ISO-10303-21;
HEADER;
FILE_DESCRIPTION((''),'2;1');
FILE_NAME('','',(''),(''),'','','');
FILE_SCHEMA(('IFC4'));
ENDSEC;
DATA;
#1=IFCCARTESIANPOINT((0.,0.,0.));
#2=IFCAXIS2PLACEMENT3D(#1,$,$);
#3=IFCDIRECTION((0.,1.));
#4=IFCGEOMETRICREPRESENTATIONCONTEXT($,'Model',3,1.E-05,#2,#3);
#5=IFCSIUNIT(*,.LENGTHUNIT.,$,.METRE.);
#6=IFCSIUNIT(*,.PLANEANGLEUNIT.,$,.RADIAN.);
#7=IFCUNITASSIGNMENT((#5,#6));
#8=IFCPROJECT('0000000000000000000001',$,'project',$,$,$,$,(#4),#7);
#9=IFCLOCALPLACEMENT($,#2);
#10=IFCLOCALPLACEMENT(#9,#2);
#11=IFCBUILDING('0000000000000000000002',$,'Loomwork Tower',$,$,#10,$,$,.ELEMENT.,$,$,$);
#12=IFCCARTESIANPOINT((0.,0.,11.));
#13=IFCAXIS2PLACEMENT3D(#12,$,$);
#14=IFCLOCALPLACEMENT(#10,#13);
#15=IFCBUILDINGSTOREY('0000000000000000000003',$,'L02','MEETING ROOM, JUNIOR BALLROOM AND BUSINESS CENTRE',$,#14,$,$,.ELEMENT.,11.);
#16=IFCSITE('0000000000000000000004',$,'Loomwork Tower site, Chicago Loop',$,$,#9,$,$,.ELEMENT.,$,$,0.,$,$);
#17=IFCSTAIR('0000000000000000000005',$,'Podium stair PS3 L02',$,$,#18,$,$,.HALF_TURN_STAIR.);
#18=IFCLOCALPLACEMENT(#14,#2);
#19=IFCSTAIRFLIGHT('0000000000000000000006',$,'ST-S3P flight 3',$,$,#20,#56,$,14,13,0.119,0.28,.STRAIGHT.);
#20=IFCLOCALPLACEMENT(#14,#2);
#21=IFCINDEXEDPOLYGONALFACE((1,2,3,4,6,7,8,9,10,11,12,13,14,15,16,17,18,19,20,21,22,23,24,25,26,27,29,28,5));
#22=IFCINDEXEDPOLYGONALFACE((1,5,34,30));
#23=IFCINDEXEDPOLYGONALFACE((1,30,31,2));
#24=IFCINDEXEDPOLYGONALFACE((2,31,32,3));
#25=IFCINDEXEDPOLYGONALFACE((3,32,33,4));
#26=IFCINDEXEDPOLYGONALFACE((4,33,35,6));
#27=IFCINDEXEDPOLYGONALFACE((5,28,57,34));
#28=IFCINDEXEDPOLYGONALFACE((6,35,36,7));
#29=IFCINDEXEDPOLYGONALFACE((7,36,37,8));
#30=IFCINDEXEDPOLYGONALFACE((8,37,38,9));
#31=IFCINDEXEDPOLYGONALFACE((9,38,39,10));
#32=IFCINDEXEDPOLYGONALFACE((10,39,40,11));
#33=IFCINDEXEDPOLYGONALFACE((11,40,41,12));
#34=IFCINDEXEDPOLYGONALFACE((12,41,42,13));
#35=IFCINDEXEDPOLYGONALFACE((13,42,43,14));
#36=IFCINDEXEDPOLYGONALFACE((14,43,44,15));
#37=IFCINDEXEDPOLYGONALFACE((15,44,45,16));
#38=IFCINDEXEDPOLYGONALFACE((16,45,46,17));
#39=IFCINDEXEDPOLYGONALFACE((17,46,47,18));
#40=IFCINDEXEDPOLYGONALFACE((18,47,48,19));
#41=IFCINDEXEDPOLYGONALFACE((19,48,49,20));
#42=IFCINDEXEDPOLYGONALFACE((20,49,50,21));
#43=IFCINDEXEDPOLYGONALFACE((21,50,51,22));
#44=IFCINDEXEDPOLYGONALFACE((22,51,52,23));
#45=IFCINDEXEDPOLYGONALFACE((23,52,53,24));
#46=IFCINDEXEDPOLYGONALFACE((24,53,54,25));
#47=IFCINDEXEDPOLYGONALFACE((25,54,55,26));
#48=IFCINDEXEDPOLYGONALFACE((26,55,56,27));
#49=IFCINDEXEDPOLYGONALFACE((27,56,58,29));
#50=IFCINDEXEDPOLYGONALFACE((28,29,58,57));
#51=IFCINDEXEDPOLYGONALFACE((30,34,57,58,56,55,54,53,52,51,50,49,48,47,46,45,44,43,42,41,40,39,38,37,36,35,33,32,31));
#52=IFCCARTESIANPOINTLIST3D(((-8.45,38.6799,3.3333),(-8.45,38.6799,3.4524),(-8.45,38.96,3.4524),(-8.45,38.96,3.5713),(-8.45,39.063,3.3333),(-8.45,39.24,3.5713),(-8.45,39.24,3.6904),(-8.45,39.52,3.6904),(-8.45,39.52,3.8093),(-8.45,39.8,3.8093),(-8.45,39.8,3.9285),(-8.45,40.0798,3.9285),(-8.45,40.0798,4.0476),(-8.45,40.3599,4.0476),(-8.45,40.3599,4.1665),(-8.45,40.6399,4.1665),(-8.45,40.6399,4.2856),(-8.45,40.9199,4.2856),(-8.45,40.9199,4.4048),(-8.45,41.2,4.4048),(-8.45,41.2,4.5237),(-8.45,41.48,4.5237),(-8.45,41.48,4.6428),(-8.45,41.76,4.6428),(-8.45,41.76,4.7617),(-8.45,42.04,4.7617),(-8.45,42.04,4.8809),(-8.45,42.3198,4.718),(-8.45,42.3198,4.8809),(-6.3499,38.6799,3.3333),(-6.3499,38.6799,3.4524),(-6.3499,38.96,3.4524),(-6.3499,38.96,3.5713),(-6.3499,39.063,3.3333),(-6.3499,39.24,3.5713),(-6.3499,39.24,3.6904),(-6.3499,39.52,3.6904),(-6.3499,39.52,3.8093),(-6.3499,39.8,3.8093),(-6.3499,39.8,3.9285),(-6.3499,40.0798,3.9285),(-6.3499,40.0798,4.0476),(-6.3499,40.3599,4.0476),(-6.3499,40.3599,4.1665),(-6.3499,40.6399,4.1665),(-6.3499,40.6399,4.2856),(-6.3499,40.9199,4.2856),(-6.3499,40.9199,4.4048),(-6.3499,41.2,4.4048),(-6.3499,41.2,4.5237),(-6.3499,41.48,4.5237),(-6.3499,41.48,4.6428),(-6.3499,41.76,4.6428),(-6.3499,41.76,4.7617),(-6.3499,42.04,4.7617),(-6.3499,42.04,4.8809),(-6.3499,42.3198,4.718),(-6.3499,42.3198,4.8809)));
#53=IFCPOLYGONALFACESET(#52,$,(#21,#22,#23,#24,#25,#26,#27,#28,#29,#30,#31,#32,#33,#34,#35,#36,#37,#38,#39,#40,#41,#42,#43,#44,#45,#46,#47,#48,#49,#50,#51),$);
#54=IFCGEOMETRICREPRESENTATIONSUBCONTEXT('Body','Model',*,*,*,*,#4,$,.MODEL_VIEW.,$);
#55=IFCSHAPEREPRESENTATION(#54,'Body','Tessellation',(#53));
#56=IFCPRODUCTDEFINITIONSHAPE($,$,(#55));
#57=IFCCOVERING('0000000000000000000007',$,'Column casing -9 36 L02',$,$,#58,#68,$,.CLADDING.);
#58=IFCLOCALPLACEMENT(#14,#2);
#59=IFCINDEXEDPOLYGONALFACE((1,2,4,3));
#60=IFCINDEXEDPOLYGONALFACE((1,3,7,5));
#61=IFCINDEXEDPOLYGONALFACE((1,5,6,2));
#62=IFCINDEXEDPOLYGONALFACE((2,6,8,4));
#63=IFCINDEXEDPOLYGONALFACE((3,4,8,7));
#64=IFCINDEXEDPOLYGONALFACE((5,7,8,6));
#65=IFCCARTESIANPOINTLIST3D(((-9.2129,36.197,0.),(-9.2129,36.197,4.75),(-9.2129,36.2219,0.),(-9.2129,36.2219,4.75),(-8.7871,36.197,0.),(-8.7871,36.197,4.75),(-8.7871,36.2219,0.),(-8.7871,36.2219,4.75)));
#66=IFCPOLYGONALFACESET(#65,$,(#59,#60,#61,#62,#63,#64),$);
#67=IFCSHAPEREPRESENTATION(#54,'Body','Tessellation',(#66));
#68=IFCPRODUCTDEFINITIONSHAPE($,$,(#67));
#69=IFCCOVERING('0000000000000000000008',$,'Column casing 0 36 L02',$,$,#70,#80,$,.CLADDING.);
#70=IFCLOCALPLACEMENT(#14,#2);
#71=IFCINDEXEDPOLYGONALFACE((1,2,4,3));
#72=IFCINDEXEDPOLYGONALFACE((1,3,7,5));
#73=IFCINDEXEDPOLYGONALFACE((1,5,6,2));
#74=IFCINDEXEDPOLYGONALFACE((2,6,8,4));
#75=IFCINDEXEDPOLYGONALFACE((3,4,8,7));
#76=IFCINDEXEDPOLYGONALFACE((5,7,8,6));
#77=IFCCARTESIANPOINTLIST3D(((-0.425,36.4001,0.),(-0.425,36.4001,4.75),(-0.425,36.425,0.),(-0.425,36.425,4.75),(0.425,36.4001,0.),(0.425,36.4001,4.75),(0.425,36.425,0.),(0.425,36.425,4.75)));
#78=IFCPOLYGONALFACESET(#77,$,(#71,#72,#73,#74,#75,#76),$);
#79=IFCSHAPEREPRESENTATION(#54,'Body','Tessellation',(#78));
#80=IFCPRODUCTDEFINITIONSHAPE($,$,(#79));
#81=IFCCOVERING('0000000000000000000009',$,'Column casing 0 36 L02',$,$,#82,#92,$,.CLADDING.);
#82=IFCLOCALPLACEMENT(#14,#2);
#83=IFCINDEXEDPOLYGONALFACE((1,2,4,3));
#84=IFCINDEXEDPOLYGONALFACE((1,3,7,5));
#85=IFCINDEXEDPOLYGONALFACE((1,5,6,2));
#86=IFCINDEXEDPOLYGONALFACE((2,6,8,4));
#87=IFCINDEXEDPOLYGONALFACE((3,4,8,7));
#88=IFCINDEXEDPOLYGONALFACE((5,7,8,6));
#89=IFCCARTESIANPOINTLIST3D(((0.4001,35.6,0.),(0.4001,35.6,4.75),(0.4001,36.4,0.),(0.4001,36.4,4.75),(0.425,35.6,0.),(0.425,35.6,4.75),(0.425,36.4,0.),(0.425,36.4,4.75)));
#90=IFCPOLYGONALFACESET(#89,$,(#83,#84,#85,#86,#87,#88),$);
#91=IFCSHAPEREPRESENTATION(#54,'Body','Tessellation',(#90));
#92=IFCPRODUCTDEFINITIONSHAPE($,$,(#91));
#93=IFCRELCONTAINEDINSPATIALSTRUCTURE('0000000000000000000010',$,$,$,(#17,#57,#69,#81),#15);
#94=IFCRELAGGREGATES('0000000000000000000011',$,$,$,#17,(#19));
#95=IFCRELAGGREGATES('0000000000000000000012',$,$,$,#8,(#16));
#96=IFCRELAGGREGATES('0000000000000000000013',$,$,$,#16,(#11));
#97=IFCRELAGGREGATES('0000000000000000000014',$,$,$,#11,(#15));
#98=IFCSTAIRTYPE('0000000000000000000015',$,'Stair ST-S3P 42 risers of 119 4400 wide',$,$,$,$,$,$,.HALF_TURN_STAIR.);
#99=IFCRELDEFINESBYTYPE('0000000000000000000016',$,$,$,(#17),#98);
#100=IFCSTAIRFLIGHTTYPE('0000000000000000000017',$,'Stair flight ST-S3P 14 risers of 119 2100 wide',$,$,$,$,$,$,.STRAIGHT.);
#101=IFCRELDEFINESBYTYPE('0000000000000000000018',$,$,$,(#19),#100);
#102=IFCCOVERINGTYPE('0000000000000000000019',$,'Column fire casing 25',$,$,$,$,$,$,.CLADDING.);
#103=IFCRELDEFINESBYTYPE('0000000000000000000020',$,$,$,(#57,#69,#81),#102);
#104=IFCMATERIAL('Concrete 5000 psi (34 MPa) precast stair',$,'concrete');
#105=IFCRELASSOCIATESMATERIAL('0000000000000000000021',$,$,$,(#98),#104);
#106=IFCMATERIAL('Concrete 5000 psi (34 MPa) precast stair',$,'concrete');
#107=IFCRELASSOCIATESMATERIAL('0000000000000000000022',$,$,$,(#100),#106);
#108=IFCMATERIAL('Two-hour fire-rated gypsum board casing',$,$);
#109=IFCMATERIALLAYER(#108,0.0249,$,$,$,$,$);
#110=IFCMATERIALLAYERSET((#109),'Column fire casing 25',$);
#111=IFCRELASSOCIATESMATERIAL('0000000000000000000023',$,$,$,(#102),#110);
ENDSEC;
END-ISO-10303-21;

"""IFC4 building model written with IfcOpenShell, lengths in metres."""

from ifc_helpers import new_model, si_unit, direction, frame, origin, origin_2d, place, context, subcontext, project, spatial, polyline, rectangle, outline, extrude, material, layer, layer_set, type_object, element, aggregate, save


model = new_model("IFC4")

# Units and contexts
model_context = context("Model", 3, precision=1e-05, world=origin(), true_north=direction((0.0, 1.0)))
body_context = subcontext(model_context, "Body", "Model", "MODEL_VIEW")
ifc_project = project(units=[si_unit("LENGTHUNIT", "METRE"), si_unit("PLANEANGLEUNIT", "RADIAN")], contexts=[model_context])

# Site, building, storey
site_placement = place(None, origin())
site = spatial("IfcSite", under=ifc_project, at=site_placement, Name="Loomwork Tower site, Chicago Loop", CompositionType="ELEMENT", RefElevation=0.0)
building_placement = place(site_placement, origin())
building = spatial("IfcBuilding", under=site, at=building_placement, Name="Loomwork Tower", CompositionType="ELEMENT")
storey_placement = place(building_placement, frame((0.0, 0.0, 11.0)))
storey = spatial("IfcBuildingStorey", under=building, at=storey_placement, Name="L02", Description="MEETING ROOM, JUNIOR BALLROOM AND BUSINESS CENTRE", CompositionType="ELEMENT", Elevation=11.0)

# Stair, stair flight
ifc_material_1 = material(Name="Concrete 5000 psi (34 MPa) precast stair", Category="concrete")
stair_type = type_object("IfcStairType", Name="Stair ST-S3P 42 risers of 119 4400 wide", PredefinedType="HALF_TURN_STAIR", material=ifc_material_1)
stair_placement = place(storey_placement, origin())
stair = element("IfcStair", 1, at=stair_placement, inside=storey, type_object=stair_type, Name="Podium stair PS3 L02", PredefinedType="HALF_TURN_STAIR")
ifc_material_2 = material(Name="Concrete 5000 psi (34 MPa) precast stair", Category="concrete")
stair_flight_type = type_object("IfcStairFlightType", Name="Stair flight ST-S3P 14 risers of 119 2100 wide", PredefinedType="STRAIGHT", material=ifc_material_2)
stair_flight_1_placement = place(storey_placement, frame((-7.3999, 38.6799, 3.3333), z_axis=(0.0, 0.0, 1.0), x_axis=(0.0, 1.0, 0.0)))
stair_flight_1 = element("IfcStairFlight", 2, at=stair_flight_1_placement, type_object=stair_flight_type, Name="ST-S3P flight 3", NumberOfRisers=14, NumberOfTreads=13, PredefinedType="STRAIGHT", RiserHeight=0.119, TreadLength=0.28, context=body_context, shape_type="SweptSolid", body=[
    extrude(outline(polyline([(0.0, 0.0), (0.0, 0.1191), (0.28, 0.1191), (0.28, 0.238), (0.5601, 0.238), (0.5601, 0.3572), (0.8401, 0.3572), (0.8401, 0.4761), (1.1201, 0.4761), (1.1201, 0.5952), (1.3999, 0.5952), (1.3999, 0.7144), (1.6799, 0.7144), (1.6799, 0.8333), (1.96, 0.8333), (1.96, 0.9524), (2.24, 0.9524), (2.24, 1.0715), (2.52, 1.0715), (2.52, 1.1904), (2.8, 1.1904), (2.8, 1.3096), (3.0801, 1.3096), (3.0801, 1.4285), (3.3601, 1.4285), (3.3601, 1.5476), (3.6399, 1.5476), (3.6399, 1.6667), (3.6399, 1.3848), (0.3831, 0.0), (0.0, 0.0)])), frame((0.0, 1.05, 0.0), z_axis=(0.0, -1.0, 0.0), x_axis=(1.0, 0.0, 0.0)), (0.0, 0.0, 1.0), 2.1001),
])
aggregate(stair, [stair_flight_1])

# Coverings
ifc_material_3 = material(Name="Two-hour fire-rated gypsum board casing")
ifc_layer_1 = layer(ifc_material_3, 0.0249)
ifc_layer_set_1 = layer_set([ifc_layer_1], Name="Column fire casing 25")
covering_type = type_object("IfcCoveringType", Name="Column fire casing 25", PredefinedType="CLADDING", material=ifc_layer_set_1)
covering_1_placement = place(storey_placement, frame((-9.0, 36.2095, 0.0), z_axis=(0.0, 0.0, 1.0), x_axis=(1.0, 0.0, 0.0)))
element("IfcCovering", 3, at=covering_1_placement, inside=storey, type_object=covering_type, Name="Column casing -9 36 L02", PredefinedType="CLADDING", context=body_context, shape_type="SweptSolid", body=[
    extrude(rectangle(XDim=0.4258, YDim=0.0249, at=origin_2d()), origin(), (0.0, 0.0, 1.0), 4.75),
])
covering_2_placement = place(storey_placement, frame((0.0, 36.4126, 0.0), z_axis=(0.0, 0.0, 1.0), x_axis=(1.0, 0.0, 0.0)))
element("IfcCovering", 4, at=covering_2_placement, inside=storey, type_object=covering_type, Name="Column casing 0 36 L02", PredefinedType="CLADDING", context=body_context, shape_type="SweptSolid", body=[
    extrude(rectangle(XDim=0.8501, YDim=0.0249, at=origin_2d()), origin(), (0.0, 0.0, 1.0), 4.75),
])
covering_3_placement = place(storey_placement, frame((0.4126, 36.0, 0.0), z_axis=(0.0, 0.0, 1.0), x_axis=(1.0, 0.0, 0.0)))
element("IfcCovering", 5, at=covering_3_placement, inside=storey, type_object=covering_type, Name="Column casing 0 36 L02", PredefinedType="CLADDING", context=body_context, shape_type="SweptSolid", body=[
    extrude(rectangle(XDim=0.0249, YDim=0.8, at=origin_2d()), origin(), (0.0, 0.0, 1.0), 4.75),
])

save(model, "model.ifc")
